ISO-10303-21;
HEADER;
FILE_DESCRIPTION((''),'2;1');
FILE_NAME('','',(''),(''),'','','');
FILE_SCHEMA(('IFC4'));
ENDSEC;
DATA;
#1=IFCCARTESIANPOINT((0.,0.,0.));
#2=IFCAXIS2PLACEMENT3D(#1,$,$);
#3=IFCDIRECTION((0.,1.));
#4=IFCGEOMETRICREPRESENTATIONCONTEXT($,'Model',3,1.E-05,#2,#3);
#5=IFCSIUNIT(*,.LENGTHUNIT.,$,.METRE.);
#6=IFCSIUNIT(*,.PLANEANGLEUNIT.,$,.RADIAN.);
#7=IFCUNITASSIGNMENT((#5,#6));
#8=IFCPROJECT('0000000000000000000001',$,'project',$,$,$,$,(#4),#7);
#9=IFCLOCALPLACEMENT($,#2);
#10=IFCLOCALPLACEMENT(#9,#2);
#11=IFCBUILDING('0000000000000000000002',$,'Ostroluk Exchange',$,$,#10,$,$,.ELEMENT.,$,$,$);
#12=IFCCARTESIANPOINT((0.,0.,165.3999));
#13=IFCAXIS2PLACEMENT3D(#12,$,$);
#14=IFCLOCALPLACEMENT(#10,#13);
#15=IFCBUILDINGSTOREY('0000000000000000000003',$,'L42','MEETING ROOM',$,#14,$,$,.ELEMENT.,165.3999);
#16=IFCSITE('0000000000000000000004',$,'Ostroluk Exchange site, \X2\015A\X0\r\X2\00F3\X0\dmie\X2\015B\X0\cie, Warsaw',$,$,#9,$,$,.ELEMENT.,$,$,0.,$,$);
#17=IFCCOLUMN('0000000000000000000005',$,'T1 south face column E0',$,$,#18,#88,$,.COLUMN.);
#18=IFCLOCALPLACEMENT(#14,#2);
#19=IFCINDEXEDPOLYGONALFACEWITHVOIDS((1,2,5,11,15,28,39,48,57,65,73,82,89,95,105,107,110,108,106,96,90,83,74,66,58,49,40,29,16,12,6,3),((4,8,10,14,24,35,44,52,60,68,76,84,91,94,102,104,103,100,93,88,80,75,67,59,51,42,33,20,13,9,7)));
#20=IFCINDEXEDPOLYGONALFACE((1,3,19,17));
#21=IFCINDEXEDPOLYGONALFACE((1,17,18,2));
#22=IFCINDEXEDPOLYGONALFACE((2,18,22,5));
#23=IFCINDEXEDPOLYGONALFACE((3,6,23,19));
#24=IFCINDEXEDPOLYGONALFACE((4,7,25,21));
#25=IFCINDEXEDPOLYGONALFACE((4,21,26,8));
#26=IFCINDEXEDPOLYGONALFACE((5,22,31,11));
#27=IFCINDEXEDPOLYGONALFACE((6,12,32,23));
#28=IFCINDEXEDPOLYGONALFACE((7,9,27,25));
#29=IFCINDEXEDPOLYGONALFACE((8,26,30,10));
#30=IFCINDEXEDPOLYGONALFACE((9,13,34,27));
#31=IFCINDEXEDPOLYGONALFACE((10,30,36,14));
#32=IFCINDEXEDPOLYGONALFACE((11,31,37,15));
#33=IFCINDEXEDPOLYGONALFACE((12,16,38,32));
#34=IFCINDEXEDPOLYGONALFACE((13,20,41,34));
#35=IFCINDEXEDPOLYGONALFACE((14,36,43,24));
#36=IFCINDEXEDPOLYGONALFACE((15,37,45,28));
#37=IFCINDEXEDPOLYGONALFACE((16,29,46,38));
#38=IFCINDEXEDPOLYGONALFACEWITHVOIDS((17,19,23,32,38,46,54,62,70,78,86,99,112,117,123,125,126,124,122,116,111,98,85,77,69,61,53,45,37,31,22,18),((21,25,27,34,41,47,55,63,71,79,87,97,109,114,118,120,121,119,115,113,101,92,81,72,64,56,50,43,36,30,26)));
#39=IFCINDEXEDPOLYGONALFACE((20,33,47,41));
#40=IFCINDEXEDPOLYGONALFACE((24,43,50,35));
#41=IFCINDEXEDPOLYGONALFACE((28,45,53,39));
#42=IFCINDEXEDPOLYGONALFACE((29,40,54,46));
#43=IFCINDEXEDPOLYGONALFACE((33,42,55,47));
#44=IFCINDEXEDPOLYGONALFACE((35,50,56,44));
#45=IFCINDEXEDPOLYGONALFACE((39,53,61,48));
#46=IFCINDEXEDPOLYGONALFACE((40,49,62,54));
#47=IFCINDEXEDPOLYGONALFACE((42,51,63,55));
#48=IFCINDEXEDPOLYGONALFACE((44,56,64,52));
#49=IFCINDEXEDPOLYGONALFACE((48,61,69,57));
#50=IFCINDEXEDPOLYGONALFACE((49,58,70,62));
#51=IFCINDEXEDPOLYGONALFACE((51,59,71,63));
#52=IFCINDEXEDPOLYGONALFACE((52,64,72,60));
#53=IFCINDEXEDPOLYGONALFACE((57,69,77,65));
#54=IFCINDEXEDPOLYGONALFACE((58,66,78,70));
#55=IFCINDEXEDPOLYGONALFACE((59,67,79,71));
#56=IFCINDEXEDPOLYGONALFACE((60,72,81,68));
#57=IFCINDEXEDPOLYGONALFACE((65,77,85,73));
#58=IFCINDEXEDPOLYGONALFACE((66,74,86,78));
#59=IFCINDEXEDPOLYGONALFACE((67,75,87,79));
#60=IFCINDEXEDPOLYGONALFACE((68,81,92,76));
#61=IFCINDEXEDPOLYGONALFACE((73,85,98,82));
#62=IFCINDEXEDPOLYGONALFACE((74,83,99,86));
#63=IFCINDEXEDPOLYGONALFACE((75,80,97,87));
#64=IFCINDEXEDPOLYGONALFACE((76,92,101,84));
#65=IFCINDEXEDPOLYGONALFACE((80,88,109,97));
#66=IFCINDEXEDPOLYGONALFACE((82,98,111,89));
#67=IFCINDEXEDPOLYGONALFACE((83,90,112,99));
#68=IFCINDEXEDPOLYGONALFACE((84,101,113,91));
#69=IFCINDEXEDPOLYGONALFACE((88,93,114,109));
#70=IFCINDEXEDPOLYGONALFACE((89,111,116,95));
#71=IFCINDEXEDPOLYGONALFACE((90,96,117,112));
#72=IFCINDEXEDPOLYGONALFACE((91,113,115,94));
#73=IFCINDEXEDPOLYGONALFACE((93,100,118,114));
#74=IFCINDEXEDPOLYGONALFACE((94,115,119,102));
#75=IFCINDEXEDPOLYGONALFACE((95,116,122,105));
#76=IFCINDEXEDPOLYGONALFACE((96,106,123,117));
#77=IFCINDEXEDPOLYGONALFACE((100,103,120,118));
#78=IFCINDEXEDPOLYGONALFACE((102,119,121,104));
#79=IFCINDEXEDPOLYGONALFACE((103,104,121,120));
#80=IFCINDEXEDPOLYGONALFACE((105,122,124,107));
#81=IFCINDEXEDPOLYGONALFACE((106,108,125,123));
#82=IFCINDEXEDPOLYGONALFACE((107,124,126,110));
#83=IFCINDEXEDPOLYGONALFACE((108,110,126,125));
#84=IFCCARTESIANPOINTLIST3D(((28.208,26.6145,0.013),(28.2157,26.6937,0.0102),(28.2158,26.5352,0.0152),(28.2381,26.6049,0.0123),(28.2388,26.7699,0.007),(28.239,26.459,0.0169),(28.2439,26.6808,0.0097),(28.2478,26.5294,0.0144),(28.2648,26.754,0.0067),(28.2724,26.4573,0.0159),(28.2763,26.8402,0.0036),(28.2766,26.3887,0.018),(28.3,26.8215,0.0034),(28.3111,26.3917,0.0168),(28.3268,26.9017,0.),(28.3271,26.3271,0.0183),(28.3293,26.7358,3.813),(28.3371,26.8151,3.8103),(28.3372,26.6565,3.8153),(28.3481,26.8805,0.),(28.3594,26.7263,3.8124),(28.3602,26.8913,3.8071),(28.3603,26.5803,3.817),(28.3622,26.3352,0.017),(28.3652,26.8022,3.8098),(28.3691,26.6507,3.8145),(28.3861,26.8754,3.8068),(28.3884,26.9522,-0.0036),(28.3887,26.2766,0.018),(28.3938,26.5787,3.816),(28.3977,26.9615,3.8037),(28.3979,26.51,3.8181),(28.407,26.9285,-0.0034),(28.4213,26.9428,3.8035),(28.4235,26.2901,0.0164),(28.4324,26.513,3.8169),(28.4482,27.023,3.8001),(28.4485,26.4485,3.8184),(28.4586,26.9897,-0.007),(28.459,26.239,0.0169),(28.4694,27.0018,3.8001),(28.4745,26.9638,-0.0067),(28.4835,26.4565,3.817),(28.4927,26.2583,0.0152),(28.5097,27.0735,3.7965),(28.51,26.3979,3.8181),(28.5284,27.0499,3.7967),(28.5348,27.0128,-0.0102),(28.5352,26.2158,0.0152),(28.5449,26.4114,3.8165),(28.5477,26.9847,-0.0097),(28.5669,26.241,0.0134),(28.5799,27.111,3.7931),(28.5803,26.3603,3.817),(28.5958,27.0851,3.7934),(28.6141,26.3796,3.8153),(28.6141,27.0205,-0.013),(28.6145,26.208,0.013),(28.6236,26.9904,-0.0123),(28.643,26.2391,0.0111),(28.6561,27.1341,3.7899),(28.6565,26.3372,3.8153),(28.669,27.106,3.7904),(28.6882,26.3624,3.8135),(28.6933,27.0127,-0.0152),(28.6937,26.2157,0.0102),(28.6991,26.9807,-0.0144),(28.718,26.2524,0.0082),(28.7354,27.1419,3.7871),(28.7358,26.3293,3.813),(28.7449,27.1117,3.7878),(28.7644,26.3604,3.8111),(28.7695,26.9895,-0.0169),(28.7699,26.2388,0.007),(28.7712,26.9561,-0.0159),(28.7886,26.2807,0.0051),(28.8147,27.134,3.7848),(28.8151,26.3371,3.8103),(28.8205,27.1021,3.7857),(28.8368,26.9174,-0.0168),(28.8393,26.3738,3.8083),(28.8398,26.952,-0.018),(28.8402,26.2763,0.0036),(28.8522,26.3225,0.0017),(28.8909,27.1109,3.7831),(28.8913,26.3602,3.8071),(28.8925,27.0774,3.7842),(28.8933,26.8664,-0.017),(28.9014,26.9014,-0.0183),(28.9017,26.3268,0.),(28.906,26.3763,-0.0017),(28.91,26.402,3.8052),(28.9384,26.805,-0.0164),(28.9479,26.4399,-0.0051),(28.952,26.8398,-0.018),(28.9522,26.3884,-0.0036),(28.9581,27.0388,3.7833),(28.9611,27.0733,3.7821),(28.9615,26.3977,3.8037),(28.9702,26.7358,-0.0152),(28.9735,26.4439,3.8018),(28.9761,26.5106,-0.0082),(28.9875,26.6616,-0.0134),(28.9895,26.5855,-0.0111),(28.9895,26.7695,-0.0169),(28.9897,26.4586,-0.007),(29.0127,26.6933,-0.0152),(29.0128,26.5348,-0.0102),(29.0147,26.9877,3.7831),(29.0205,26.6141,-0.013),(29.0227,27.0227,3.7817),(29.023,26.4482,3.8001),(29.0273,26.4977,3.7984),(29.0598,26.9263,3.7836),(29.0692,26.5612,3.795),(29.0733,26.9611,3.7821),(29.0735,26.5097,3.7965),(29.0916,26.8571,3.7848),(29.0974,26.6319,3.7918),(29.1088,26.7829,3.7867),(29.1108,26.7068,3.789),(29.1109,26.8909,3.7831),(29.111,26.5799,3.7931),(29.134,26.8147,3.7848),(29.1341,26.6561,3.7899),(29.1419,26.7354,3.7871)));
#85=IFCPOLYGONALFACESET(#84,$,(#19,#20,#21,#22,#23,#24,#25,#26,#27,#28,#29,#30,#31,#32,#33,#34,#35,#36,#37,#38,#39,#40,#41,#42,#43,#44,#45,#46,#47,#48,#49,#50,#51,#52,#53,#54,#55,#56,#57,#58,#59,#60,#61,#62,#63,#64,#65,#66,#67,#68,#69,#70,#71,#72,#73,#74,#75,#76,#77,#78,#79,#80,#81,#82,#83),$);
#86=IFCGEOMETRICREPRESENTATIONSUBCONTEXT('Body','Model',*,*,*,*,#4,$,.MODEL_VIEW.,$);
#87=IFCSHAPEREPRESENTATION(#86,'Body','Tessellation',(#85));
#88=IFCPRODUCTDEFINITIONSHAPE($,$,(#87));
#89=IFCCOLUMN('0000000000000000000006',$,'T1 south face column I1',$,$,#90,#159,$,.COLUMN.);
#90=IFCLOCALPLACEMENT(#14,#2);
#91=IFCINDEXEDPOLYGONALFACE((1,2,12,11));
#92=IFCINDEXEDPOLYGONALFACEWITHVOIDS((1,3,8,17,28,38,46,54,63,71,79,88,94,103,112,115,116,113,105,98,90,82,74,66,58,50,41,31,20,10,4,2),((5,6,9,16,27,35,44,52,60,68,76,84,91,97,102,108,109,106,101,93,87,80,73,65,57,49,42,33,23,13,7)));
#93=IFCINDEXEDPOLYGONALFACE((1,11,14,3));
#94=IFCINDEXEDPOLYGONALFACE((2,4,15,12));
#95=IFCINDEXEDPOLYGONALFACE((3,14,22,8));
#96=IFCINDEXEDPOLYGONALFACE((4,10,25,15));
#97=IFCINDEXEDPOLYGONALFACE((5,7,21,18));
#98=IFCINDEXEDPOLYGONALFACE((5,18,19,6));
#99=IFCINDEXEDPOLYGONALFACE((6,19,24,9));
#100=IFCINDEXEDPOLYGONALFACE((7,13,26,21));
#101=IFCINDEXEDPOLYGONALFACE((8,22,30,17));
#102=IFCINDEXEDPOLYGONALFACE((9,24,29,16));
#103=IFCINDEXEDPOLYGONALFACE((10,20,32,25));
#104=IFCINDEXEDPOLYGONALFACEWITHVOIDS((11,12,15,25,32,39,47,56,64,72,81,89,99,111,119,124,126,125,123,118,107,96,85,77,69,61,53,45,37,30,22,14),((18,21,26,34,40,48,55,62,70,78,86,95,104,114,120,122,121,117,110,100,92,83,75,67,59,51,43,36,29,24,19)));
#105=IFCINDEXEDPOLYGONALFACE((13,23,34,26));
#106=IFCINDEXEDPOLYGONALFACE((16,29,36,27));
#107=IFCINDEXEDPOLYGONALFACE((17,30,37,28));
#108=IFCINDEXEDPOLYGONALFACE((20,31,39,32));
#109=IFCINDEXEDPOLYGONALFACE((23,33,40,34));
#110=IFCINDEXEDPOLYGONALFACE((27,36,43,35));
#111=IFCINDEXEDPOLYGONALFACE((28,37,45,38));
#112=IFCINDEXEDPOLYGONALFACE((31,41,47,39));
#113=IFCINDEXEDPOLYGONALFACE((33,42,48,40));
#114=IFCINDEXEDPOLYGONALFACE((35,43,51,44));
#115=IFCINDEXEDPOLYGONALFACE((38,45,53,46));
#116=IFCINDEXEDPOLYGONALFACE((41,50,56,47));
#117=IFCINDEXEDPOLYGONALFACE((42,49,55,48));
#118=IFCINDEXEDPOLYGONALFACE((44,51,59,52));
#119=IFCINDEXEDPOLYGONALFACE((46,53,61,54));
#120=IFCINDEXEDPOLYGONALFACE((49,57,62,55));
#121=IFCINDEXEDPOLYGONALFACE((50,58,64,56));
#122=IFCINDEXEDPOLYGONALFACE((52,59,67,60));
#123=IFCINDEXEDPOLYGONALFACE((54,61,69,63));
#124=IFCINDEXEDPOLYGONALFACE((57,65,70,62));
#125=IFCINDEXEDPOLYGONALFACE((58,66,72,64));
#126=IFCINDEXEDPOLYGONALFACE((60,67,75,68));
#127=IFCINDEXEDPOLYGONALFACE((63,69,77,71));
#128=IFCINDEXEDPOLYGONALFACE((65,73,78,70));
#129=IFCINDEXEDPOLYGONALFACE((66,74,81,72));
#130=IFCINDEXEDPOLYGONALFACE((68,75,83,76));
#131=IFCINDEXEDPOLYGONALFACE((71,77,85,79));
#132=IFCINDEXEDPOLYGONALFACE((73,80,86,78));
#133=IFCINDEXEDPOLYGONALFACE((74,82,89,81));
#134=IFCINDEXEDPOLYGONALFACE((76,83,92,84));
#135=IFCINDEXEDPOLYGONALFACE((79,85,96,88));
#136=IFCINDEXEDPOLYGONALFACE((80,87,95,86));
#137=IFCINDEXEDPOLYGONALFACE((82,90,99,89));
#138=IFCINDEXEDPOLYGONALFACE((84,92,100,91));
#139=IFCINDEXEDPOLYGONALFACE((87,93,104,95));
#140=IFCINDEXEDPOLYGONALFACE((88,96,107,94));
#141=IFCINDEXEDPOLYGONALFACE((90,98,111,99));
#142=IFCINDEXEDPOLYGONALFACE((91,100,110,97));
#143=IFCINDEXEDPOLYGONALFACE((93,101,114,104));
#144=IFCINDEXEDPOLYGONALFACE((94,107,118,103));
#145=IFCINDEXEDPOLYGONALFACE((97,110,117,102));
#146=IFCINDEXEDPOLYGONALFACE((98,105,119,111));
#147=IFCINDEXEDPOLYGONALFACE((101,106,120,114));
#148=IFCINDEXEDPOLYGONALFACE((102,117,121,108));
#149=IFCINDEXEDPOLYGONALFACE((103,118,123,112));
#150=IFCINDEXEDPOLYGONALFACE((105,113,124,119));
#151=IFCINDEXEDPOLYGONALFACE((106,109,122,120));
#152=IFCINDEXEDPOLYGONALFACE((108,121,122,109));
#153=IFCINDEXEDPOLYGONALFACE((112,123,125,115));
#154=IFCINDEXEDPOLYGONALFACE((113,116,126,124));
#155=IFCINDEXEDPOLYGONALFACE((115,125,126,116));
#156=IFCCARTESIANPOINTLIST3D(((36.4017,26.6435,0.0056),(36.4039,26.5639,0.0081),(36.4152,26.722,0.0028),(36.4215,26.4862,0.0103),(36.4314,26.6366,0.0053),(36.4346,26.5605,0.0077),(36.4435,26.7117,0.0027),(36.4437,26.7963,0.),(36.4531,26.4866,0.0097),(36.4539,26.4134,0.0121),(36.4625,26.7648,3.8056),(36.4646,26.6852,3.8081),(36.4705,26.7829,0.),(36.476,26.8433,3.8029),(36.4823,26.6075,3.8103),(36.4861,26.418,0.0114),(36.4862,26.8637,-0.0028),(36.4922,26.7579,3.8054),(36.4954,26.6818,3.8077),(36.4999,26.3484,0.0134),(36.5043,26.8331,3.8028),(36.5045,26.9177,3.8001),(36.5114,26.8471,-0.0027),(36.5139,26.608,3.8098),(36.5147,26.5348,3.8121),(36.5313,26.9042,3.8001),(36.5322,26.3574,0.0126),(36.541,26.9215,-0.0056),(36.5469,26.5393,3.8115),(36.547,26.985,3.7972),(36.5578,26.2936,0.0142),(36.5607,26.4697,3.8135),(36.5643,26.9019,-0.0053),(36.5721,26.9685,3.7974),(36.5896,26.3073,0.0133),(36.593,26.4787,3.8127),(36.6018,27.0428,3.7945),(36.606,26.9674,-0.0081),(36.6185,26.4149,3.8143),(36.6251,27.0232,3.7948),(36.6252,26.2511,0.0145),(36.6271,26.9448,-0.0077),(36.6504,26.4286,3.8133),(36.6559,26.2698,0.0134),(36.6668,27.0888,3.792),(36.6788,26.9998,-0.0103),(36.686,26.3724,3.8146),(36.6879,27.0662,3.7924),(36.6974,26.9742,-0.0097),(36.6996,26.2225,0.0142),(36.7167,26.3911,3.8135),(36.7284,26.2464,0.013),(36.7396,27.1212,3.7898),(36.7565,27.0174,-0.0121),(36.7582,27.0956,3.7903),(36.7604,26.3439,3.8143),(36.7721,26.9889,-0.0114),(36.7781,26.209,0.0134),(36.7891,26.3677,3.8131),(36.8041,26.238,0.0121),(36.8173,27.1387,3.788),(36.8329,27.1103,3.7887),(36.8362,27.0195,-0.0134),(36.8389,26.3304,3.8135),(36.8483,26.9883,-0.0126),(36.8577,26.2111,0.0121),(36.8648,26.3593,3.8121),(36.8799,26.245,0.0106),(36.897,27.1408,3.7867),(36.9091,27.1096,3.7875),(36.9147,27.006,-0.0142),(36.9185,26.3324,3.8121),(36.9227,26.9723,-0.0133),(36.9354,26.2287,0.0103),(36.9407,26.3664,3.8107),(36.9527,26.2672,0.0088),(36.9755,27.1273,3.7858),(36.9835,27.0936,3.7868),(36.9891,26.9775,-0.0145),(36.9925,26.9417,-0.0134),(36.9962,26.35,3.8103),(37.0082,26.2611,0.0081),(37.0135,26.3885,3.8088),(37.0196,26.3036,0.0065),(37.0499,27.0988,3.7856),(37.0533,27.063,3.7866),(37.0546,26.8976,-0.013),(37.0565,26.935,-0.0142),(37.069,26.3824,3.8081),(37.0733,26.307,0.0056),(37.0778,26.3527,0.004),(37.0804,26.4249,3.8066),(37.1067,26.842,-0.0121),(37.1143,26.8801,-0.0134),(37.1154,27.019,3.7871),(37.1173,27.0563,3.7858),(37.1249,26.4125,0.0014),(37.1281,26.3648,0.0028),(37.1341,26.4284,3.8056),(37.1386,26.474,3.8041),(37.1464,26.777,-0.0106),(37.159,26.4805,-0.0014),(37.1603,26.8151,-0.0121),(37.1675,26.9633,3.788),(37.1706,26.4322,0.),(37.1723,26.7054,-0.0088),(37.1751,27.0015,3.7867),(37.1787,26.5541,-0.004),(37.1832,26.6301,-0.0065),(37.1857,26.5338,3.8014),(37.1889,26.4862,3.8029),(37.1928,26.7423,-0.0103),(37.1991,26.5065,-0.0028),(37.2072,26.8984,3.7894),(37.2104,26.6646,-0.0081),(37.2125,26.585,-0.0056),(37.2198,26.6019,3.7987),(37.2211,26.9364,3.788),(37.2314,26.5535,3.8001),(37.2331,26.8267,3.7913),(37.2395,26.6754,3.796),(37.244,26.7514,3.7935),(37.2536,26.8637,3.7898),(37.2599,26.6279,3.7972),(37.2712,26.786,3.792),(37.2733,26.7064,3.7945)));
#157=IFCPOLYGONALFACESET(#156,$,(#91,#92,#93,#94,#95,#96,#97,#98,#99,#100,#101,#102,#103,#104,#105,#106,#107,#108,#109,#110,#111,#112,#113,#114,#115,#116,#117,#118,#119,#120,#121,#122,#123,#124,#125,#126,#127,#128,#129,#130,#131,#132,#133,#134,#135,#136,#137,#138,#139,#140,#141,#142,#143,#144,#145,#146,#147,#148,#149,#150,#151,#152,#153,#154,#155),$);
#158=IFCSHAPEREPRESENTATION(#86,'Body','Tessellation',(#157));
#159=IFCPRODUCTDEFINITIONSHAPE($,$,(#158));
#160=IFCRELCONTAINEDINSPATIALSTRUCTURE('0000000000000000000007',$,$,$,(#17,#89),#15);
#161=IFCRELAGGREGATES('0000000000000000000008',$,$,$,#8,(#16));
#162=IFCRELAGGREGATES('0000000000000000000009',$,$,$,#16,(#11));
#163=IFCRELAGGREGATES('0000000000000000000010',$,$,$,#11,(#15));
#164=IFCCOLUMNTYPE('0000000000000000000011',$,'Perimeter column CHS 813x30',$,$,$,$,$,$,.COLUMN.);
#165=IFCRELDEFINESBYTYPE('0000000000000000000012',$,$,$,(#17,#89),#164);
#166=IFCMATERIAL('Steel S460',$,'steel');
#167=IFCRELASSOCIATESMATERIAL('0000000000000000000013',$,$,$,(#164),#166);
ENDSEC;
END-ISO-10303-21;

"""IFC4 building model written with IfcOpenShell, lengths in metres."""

from ifc_helpers import new_model, si_unit, direction, frame, origin, origin_2d, place, context, subcontext, project, spatial, hollow_circle, extrude, material, material_profile, profile_set, type_object, element, save


model = new_model("IFC4")

# Units and contexts
model_context = context("Model", 3, precision=1e-05, world=origin(), true_north=direction((0.0, 1.0)))
body_context = subcontext(model_context, "Body", "Model", "MODEL_VIEW")
ifc_project = project(units=[si_unit("LENGTHUNIT", "METRE"), si_unit("PLANEANGLEUNIT", "RADIAN")], contexts=[model_context])

# Site, building, storey
site_placement = place(None, origin())
site = spatial("IfcSite", under=ifc_project, at=site_placement, Name="Ostroluk Exchange site, Śródmieście, Warsaw", CompositionType="ELEMENT", RefElevation=0.0)
building_placement = place(site_placement, origin())
building = spatial("IfcBuilding", under=site, at=building_placement, Name="Ostroluk Exchange", CompositionType="ELEMENT")
storey_placement = place(building_placement, frame((0.0, 0.0, 165.3999)))
storey = spatial("IfcBuildingStorey", under=building, at=storey_placement, Name="L42", Description="MEETING ROOM", CompositionType="ELEMENT", Elevation=165.3999)

# Columns
ifc_material_1 = material(Name="Steel S460", Category="steel")
ifc_material_profile_1 = material_profile(ifc_material_1, hollow_circle(Radius=0.4065, WallThickness=0.03, at=origin_2d()), Name="CHS 813x30")
ifc_profile_set_1 = profile_set([ifc_material_profile_1], Name="Steel S460")
column_type = type_object("IfcColumnType", Name="Perimeter column CHS 813x30", PredefinedType="COLUMN", material=ifc_profile_set_1)
column_1_placement = place(storey_placement, frame((28.6143, 26.6143, 0.0), z_axis=(0.031898, 0.031898, 0.998982), x_axis=(-0.707107, 0.707107, 0.0)))
element("IfcColumn", 1, at=column_1_placement, inside=storey, type_object=column_type, Name="T1 south face column E0", PredefinedType="COLUMN", context=body_context, shape_type="SweptSolid", body=[
    extrude(hollow_circle(Radius=0.4065, WallThickness=0.03, at=origin_2d()), origin(), (0.0, 0.0, 1.0), 3.804),
])
column_2_placement = place(storey_placement, frame((36.8071, 26.6143, 0.0), z_axis=(0.015987, 0.03191, 0.999363), x_axis=(-0.894067, 0.447933, 0.0)))
element("IfcColumn", 2, at=column_2_placement, inside=storey, type_object=column_type, Name="T1 south face column I1", PredefinedType="COLUMN", context=body_context, shape_type="SweptSolid", body=[
    extrude(hollow_circle(Radius=0.4065, WallThickness=0.03, at=origin_2d()), origin(), (0.0, 0.0, 1.0), 3.8025),
])

save(model, "model.ifc")
